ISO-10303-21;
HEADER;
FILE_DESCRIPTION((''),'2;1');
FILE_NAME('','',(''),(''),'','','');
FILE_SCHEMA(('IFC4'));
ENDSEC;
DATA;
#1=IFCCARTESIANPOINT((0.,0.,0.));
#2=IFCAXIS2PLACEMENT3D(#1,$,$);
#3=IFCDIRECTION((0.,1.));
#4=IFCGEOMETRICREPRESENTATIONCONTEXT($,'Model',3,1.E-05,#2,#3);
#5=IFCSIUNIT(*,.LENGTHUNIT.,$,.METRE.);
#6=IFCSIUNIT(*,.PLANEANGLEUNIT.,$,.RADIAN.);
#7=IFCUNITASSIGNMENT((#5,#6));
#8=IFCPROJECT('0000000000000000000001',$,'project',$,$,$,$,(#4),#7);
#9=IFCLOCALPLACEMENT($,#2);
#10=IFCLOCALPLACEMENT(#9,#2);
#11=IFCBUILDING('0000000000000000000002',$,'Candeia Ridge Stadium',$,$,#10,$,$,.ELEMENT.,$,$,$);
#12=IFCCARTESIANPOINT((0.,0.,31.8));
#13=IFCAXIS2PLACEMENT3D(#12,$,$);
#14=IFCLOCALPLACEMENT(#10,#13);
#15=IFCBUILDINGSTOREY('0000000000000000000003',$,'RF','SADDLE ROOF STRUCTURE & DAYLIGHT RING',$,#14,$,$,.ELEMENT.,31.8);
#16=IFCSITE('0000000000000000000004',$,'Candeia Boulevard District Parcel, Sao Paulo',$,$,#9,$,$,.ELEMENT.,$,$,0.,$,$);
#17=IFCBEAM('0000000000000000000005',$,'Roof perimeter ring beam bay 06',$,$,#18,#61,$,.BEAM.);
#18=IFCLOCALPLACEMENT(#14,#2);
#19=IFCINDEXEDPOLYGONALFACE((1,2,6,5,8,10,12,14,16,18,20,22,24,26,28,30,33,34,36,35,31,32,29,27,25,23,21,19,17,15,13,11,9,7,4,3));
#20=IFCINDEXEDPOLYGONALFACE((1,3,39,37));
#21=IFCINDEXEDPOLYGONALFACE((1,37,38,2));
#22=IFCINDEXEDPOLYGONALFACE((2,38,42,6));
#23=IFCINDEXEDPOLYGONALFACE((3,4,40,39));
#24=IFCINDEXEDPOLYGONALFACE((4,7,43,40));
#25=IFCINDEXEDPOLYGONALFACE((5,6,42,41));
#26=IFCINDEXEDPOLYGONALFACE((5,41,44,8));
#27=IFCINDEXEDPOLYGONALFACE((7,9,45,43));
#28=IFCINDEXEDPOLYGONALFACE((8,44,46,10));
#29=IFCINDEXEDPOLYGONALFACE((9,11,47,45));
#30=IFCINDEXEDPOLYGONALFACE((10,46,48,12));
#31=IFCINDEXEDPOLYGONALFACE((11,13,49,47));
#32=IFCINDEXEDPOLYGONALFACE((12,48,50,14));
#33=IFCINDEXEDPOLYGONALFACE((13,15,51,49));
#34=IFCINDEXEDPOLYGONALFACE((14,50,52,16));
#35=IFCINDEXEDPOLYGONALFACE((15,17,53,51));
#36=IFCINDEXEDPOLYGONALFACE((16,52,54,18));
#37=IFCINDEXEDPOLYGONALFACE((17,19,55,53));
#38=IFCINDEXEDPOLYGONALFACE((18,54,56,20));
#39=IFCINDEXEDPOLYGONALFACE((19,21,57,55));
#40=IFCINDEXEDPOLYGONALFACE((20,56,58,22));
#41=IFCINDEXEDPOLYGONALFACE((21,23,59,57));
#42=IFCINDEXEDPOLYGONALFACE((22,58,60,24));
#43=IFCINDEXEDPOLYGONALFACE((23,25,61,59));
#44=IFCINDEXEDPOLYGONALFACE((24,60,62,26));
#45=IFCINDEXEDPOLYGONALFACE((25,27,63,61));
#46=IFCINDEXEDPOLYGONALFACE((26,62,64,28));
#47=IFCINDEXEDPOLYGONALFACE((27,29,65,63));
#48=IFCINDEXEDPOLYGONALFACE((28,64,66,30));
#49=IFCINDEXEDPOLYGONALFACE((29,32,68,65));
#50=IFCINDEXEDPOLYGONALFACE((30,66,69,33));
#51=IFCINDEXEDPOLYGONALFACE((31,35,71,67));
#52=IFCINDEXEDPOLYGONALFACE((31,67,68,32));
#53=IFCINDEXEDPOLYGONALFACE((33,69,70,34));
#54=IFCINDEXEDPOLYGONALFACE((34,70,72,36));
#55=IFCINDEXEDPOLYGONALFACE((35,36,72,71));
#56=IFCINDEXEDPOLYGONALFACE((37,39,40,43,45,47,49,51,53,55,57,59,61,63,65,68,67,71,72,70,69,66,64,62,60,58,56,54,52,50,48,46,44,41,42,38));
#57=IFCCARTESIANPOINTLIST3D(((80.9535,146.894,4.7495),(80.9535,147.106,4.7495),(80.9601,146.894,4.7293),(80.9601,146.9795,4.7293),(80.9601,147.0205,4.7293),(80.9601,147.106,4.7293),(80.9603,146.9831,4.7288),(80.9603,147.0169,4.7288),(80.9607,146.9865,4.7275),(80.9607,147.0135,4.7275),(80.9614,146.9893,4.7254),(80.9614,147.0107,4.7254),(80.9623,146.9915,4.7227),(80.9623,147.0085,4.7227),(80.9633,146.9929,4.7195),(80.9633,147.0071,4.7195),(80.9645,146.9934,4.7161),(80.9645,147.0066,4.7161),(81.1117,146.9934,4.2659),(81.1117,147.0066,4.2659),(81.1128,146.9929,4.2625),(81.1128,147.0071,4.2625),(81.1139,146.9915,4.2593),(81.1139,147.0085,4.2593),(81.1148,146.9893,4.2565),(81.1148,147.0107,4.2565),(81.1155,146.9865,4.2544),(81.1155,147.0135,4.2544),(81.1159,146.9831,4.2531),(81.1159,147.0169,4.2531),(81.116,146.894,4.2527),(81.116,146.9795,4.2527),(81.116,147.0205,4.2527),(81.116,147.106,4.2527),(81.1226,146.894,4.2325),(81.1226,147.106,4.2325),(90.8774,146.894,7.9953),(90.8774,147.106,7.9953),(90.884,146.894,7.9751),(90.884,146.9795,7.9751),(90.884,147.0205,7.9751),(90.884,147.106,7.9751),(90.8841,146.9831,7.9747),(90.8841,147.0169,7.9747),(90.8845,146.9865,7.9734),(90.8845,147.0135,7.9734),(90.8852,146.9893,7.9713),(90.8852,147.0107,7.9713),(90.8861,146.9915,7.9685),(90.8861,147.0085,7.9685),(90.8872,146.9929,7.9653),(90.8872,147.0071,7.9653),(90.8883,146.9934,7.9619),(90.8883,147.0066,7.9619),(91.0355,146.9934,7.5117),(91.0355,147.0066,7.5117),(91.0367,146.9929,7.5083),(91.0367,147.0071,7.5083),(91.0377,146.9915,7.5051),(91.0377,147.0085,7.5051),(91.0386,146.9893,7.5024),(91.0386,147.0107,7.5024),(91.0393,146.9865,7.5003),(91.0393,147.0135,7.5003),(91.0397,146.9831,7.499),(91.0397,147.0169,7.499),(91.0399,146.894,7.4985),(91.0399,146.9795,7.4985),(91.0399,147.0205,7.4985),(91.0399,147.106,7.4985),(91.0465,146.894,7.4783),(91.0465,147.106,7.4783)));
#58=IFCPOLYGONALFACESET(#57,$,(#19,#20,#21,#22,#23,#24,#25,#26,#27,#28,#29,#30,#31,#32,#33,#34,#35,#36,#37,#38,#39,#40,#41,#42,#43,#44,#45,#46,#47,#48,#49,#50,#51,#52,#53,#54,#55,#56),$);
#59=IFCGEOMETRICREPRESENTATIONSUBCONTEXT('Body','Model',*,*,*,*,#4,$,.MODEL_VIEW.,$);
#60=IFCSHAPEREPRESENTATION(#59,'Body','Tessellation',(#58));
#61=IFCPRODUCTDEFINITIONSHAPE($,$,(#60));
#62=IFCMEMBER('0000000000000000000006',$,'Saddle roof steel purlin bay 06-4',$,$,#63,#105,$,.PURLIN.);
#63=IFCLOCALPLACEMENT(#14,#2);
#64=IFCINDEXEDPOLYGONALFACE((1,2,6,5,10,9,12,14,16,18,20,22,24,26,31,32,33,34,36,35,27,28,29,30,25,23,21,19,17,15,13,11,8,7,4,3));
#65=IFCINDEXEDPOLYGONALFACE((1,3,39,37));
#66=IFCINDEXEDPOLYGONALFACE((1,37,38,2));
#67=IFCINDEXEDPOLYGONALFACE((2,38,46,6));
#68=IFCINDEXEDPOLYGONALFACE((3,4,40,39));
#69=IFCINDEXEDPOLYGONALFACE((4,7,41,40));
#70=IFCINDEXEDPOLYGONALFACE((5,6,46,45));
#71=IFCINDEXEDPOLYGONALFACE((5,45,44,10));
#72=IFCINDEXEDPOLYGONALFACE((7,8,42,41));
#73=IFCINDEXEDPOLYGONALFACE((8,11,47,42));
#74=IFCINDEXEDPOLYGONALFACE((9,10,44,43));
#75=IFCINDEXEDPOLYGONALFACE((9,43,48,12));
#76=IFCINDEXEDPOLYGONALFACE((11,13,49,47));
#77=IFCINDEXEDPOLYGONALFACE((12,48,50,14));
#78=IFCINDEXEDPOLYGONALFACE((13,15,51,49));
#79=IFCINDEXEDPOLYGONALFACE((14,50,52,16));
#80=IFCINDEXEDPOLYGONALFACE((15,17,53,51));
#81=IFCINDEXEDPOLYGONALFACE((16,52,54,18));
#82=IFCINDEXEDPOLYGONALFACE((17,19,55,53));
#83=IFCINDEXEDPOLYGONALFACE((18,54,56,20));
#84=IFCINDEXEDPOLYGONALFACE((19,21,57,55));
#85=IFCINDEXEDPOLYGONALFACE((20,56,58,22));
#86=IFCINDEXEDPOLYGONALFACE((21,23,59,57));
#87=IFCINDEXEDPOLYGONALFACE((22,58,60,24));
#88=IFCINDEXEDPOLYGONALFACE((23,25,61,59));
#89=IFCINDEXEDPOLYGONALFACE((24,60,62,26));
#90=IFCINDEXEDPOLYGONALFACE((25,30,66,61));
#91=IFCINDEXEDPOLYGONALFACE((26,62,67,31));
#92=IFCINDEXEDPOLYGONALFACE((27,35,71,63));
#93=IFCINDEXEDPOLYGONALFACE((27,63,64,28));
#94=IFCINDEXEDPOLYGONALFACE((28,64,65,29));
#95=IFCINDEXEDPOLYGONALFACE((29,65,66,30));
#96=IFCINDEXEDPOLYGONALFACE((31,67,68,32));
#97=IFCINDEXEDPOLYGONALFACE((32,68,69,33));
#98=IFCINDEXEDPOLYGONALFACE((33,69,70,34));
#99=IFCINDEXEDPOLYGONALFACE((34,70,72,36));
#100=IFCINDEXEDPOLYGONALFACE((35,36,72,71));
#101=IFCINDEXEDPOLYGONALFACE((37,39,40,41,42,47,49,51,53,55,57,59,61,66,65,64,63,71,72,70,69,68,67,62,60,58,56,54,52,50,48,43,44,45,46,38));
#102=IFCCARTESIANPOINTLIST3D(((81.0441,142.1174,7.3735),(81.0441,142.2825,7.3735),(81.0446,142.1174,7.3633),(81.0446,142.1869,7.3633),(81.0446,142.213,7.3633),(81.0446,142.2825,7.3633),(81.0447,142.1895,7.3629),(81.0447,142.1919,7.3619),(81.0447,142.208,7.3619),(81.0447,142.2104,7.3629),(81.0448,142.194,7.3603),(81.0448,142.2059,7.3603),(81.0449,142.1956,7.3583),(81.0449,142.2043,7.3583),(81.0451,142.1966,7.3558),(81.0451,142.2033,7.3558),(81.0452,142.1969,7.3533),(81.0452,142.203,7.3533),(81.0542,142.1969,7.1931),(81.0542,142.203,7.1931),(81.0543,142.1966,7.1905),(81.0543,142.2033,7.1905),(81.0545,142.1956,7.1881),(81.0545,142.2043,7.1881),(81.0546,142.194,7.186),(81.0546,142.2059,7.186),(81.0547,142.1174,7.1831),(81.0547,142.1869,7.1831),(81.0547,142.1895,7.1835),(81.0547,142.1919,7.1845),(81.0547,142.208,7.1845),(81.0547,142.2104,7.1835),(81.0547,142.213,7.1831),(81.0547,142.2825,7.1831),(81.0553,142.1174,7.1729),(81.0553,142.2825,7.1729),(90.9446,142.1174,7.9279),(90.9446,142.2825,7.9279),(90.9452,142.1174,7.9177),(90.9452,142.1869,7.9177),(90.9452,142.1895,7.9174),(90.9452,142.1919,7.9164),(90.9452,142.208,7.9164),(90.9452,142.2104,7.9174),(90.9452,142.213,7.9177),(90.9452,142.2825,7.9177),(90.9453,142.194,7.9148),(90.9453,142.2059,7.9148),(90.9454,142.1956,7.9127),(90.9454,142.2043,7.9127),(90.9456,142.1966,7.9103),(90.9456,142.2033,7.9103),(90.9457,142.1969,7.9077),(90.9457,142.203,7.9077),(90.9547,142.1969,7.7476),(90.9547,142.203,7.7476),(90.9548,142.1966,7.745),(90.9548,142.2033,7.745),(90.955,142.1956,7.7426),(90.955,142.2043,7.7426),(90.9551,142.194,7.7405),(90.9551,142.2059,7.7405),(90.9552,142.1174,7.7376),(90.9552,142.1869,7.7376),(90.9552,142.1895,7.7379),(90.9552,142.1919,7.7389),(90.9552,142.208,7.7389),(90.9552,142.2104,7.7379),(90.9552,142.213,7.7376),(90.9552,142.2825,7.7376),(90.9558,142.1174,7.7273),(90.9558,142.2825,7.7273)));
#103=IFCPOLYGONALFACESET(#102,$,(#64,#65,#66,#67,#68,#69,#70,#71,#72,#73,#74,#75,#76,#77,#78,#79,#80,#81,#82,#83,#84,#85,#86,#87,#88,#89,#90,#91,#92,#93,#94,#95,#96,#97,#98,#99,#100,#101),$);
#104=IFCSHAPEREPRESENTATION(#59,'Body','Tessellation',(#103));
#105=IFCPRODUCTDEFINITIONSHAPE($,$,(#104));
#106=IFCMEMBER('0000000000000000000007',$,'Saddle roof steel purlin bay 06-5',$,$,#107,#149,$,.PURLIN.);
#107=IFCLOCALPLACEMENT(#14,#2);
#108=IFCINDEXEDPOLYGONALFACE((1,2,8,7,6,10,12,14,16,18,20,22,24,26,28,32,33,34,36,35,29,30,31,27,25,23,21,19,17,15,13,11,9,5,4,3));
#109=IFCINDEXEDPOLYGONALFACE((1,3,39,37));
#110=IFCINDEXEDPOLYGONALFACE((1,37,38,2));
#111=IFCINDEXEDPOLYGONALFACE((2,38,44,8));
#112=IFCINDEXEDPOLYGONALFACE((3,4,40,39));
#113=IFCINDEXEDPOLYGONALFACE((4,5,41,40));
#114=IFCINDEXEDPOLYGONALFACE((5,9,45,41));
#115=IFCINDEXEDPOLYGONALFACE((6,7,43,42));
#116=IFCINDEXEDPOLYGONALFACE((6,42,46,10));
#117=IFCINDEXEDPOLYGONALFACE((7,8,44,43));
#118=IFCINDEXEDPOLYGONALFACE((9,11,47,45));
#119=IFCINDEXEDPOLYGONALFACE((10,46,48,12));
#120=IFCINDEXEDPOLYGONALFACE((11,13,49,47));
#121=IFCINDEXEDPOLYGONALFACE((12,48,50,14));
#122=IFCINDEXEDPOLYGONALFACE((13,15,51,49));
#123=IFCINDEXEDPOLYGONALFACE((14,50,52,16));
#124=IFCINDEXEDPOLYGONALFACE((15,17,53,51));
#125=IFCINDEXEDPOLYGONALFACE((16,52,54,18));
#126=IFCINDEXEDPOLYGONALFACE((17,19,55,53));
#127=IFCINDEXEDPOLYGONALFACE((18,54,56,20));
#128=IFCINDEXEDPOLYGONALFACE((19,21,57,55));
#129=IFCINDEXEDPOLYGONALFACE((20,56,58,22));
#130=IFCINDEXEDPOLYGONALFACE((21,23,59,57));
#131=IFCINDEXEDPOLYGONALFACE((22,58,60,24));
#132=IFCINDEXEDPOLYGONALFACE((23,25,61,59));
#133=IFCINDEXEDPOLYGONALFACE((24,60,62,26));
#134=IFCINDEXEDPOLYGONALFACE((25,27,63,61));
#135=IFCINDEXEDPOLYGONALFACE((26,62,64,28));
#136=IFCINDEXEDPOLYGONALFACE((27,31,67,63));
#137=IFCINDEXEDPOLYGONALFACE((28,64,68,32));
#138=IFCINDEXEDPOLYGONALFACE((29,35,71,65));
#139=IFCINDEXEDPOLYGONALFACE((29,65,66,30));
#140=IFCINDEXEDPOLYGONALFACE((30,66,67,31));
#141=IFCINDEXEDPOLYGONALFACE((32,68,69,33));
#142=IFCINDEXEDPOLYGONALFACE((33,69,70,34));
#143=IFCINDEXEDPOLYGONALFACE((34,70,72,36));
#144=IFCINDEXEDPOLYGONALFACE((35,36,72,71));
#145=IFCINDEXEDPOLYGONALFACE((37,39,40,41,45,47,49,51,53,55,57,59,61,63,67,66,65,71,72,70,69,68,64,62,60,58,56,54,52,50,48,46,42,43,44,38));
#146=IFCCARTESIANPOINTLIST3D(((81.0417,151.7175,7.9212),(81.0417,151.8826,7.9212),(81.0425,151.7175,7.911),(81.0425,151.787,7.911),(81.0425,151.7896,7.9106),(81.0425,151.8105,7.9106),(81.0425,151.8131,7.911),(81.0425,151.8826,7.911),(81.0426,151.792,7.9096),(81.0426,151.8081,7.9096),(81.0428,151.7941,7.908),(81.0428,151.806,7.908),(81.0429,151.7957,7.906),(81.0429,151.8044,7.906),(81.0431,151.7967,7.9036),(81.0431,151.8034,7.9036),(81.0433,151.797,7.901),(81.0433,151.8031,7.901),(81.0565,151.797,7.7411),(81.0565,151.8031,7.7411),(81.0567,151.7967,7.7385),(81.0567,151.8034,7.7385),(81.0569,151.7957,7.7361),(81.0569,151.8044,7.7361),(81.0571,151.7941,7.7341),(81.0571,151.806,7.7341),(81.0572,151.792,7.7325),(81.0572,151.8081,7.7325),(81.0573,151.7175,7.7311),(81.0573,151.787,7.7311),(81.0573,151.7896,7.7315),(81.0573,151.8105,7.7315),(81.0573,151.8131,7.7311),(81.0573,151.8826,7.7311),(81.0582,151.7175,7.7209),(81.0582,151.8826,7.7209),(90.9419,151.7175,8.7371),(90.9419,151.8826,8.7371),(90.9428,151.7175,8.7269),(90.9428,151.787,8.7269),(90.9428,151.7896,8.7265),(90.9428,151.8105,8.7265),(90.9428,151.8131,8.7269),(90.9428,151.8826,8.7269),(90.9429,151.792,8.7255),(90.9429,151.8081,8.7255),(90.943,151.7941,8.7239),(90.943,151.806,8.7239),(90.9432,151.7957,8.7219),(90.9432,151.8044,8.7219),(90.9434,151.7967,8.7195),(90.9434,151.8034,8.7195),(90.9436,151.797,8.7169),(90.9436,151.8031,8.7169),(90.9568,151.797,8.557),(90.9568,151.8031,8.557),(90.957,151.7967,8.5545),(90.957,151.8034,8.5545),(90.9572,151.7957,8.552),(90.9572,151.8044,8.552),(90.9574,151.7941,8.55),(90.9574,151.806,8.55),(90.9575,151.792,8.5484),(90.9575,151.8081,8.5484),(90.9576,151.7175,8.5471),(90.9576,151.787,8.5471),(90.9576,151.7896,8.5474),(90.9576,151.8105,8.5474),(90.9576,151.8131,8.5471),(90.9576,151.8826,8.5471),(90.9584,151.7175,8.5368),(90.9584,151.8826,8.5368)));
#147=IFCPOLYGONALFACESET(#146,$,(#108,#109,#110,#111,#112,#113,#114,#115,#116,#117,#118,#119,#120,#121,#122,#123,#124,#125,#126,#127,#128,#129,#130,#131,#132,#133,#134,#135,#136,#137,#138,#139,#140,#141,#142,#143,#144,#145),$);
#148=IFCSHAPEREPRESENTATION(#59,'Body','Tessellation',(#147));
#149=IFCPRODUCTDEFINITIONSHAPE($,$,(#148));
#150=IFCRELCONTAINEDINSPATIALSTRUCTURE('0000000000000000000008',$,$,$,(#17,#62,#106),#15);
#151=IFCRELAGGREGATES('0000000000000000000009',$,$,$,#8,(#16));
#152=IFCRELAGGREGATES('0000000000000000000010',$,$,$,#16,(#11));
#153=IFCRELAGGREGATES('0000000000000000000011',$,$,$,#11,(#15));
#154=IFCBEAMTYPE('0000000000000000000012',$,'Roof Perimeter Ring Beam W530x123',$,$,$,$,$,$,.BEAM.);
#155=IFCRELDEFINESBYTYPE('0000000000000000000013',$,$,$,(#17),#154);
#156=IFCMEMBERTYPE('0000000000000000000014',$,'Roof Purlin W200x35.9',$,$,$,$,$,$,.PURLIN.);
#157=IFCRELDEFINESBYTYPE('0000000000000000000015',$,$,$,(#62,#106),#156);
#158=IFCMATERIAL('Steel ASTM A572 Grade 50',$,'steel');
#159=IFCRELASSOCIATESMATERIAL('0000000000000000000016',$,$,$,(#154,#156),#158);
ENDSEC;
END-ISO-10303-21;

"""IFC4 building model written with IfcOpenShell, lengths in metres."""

from ifc_helpers import new_model, si_unit, direction, frame, origin, origin_2d, place, context, subcontext, project, spatial, i_section, extrude, material, material_profile, profile_set, type_object, element, save


model = new_model("IFC4")

# Units and contexts
model_context = context("Model", 3, precision=1e-05, world=origin(), true_north=direction((0.0, 1.0)))
body_context = subcontext(model_context, "Body", "Model", "MODEL_VIEW")
ifc_project = project(units=[si_unit("LENGTHUNIT", "METRE"), si_unit("PLANEANGLEUNIT", "RADIAN")], contexts=[model_context])

# Site, building, storey
site_placement = place(None, origin())
site = spatial("IfcSite", under=ifc_project, at=site_placement, Name="Candeia Boulevard District Parcel, Sao Paulo", CompositionType="ELEMENT", RefElevation=0.0)
building_placement = place(site_placement, origin())
building = spatial("IfcBuilding", under=site, at=building_placement, Name="Candeia Ridge Stadium", CompositionType="ELEMENT")
storey_placement = place(building_placement, frame((0.0, 0.0, 31.8)))
storey = spatial("IfcBuildingStorey", under=building, at=storey_placement, Name="RF", Description="SADDLE ROOF STRUCTURE & DAYLIGHT RING", CompositionType="ELEMENT", Elevation=31.8)

# Shared definitions
ifc_material_1 = material(Name="Steel ASTM A572 Grade 50", Category="steel")

# Beam
ifc_material_profile_1 = material_profile(ifc_material_1, i_section(OverallWidth=0.2119, OverallDepth=0.5439, WebThickness=0.0132, FlangeThickness=0.0212, FilletRadius=0.0139, at=origin_2d()), Name="W530x123", Category="steel")
ifc_profile_set_1 = profile_set([ifc_material_profile_1], Name="Steel ASTM A572 Grade 50")
beam_type_1 = type_object("IfcBeamType", Name="Roof Perimeter Ring Beam W530x123", PredefinedType="BEAM", material=ifc_profile_set_1)
beam_1_placement = place(storey_placement, frame((90.9619, 147.0, 7.7368), z_axis=(-0.950452, 0.0, -0.31087), x_axis=(0.0, -1.0, 0.0)))
element("IfcBeam", 1, at=beam_1_placement, inside=storey, type_object=beam_type_1, Name="Roof perimeter ring beam bay 06", PredefinedType="BEAM", context=body_context, shape_type="SweptSolid", body=[
    extrude(i_section(OverallWidth=0.2119, OverallDepth=0.5439, WebThickness=0.0132, FlangeThickness=0.0212, FilletRadius=0.0139, at=origin_2d()), origin(), (0.0, 0.0, 1.0), 10.4412),
])

# Members
ifc_material_profile_2 = material_profile(ifc_material_1, i_section(OverallWidth=0.165, OverallDepth=0.2009, WebThickness=0.0061, FlangeThickness=0.0103, FilletRadius=0.01, at=origin_2d()), Name="W200x35.9", Category="steel")
ifc_profile_set_2 = profile_set([ifc_material_profile_2], Name="Steel ASTM A572 Grade 50")
member_type_1 = type_object("IfcMemberType", Name="Roof Purlin W200x35.9", PredefinedType="PURLIN", material=ifc_profile_set_2)
member_1_placement = place(storey_placement, frame((90.9502, 142.2, 7.8276), z_axis=(-0.998436, 0.0, -0.055915), x_axis=(0.0, -1.0, 0.0)))
element("IfcMember", 2, at=member_1_placement, inside=storey, type_object=member_type_1, Name="Saddle roof steel purlin bay 06-4", PredefinedType="PURLIN", context=body_context, shape_type="SweptSolid", body=[
    extrude(i_section(OverallWidth=0.165, OverallDepth=0.2009, WebThickness=0.0061, FlangeThickness=0.0103, FilletRadius=0.01, at=origin_2d()), origin(), (0.0, 0.0, 1.0), 9.916),
])
member_2_placement = place(storey_placement, frame((90.9502, 151.8, 8.637), z_axis=(-0.996621, 0.0, -0.082134), x_axis=(0.0, -1.0, 0.0)))
element("IfcMember", 3, at=member_2_placement, inside=storey, type_object=member_type_1, Name="Saddle roof steel purlin bay 06-5", PredefinedType="PURLIN", context=body_context, shape_type="SweptSolid", body=[
    extrude(i_section(OverallWidth=0.165, OverallDepth=0.2009, WebThickness=0.0061, FlangeThickness=0.0103, FilletRadius=0.01, at=origin_2d()), origin(), (0.0, 0.0, 1.0), 9.9338),
])

save(model, "model.ifc")
